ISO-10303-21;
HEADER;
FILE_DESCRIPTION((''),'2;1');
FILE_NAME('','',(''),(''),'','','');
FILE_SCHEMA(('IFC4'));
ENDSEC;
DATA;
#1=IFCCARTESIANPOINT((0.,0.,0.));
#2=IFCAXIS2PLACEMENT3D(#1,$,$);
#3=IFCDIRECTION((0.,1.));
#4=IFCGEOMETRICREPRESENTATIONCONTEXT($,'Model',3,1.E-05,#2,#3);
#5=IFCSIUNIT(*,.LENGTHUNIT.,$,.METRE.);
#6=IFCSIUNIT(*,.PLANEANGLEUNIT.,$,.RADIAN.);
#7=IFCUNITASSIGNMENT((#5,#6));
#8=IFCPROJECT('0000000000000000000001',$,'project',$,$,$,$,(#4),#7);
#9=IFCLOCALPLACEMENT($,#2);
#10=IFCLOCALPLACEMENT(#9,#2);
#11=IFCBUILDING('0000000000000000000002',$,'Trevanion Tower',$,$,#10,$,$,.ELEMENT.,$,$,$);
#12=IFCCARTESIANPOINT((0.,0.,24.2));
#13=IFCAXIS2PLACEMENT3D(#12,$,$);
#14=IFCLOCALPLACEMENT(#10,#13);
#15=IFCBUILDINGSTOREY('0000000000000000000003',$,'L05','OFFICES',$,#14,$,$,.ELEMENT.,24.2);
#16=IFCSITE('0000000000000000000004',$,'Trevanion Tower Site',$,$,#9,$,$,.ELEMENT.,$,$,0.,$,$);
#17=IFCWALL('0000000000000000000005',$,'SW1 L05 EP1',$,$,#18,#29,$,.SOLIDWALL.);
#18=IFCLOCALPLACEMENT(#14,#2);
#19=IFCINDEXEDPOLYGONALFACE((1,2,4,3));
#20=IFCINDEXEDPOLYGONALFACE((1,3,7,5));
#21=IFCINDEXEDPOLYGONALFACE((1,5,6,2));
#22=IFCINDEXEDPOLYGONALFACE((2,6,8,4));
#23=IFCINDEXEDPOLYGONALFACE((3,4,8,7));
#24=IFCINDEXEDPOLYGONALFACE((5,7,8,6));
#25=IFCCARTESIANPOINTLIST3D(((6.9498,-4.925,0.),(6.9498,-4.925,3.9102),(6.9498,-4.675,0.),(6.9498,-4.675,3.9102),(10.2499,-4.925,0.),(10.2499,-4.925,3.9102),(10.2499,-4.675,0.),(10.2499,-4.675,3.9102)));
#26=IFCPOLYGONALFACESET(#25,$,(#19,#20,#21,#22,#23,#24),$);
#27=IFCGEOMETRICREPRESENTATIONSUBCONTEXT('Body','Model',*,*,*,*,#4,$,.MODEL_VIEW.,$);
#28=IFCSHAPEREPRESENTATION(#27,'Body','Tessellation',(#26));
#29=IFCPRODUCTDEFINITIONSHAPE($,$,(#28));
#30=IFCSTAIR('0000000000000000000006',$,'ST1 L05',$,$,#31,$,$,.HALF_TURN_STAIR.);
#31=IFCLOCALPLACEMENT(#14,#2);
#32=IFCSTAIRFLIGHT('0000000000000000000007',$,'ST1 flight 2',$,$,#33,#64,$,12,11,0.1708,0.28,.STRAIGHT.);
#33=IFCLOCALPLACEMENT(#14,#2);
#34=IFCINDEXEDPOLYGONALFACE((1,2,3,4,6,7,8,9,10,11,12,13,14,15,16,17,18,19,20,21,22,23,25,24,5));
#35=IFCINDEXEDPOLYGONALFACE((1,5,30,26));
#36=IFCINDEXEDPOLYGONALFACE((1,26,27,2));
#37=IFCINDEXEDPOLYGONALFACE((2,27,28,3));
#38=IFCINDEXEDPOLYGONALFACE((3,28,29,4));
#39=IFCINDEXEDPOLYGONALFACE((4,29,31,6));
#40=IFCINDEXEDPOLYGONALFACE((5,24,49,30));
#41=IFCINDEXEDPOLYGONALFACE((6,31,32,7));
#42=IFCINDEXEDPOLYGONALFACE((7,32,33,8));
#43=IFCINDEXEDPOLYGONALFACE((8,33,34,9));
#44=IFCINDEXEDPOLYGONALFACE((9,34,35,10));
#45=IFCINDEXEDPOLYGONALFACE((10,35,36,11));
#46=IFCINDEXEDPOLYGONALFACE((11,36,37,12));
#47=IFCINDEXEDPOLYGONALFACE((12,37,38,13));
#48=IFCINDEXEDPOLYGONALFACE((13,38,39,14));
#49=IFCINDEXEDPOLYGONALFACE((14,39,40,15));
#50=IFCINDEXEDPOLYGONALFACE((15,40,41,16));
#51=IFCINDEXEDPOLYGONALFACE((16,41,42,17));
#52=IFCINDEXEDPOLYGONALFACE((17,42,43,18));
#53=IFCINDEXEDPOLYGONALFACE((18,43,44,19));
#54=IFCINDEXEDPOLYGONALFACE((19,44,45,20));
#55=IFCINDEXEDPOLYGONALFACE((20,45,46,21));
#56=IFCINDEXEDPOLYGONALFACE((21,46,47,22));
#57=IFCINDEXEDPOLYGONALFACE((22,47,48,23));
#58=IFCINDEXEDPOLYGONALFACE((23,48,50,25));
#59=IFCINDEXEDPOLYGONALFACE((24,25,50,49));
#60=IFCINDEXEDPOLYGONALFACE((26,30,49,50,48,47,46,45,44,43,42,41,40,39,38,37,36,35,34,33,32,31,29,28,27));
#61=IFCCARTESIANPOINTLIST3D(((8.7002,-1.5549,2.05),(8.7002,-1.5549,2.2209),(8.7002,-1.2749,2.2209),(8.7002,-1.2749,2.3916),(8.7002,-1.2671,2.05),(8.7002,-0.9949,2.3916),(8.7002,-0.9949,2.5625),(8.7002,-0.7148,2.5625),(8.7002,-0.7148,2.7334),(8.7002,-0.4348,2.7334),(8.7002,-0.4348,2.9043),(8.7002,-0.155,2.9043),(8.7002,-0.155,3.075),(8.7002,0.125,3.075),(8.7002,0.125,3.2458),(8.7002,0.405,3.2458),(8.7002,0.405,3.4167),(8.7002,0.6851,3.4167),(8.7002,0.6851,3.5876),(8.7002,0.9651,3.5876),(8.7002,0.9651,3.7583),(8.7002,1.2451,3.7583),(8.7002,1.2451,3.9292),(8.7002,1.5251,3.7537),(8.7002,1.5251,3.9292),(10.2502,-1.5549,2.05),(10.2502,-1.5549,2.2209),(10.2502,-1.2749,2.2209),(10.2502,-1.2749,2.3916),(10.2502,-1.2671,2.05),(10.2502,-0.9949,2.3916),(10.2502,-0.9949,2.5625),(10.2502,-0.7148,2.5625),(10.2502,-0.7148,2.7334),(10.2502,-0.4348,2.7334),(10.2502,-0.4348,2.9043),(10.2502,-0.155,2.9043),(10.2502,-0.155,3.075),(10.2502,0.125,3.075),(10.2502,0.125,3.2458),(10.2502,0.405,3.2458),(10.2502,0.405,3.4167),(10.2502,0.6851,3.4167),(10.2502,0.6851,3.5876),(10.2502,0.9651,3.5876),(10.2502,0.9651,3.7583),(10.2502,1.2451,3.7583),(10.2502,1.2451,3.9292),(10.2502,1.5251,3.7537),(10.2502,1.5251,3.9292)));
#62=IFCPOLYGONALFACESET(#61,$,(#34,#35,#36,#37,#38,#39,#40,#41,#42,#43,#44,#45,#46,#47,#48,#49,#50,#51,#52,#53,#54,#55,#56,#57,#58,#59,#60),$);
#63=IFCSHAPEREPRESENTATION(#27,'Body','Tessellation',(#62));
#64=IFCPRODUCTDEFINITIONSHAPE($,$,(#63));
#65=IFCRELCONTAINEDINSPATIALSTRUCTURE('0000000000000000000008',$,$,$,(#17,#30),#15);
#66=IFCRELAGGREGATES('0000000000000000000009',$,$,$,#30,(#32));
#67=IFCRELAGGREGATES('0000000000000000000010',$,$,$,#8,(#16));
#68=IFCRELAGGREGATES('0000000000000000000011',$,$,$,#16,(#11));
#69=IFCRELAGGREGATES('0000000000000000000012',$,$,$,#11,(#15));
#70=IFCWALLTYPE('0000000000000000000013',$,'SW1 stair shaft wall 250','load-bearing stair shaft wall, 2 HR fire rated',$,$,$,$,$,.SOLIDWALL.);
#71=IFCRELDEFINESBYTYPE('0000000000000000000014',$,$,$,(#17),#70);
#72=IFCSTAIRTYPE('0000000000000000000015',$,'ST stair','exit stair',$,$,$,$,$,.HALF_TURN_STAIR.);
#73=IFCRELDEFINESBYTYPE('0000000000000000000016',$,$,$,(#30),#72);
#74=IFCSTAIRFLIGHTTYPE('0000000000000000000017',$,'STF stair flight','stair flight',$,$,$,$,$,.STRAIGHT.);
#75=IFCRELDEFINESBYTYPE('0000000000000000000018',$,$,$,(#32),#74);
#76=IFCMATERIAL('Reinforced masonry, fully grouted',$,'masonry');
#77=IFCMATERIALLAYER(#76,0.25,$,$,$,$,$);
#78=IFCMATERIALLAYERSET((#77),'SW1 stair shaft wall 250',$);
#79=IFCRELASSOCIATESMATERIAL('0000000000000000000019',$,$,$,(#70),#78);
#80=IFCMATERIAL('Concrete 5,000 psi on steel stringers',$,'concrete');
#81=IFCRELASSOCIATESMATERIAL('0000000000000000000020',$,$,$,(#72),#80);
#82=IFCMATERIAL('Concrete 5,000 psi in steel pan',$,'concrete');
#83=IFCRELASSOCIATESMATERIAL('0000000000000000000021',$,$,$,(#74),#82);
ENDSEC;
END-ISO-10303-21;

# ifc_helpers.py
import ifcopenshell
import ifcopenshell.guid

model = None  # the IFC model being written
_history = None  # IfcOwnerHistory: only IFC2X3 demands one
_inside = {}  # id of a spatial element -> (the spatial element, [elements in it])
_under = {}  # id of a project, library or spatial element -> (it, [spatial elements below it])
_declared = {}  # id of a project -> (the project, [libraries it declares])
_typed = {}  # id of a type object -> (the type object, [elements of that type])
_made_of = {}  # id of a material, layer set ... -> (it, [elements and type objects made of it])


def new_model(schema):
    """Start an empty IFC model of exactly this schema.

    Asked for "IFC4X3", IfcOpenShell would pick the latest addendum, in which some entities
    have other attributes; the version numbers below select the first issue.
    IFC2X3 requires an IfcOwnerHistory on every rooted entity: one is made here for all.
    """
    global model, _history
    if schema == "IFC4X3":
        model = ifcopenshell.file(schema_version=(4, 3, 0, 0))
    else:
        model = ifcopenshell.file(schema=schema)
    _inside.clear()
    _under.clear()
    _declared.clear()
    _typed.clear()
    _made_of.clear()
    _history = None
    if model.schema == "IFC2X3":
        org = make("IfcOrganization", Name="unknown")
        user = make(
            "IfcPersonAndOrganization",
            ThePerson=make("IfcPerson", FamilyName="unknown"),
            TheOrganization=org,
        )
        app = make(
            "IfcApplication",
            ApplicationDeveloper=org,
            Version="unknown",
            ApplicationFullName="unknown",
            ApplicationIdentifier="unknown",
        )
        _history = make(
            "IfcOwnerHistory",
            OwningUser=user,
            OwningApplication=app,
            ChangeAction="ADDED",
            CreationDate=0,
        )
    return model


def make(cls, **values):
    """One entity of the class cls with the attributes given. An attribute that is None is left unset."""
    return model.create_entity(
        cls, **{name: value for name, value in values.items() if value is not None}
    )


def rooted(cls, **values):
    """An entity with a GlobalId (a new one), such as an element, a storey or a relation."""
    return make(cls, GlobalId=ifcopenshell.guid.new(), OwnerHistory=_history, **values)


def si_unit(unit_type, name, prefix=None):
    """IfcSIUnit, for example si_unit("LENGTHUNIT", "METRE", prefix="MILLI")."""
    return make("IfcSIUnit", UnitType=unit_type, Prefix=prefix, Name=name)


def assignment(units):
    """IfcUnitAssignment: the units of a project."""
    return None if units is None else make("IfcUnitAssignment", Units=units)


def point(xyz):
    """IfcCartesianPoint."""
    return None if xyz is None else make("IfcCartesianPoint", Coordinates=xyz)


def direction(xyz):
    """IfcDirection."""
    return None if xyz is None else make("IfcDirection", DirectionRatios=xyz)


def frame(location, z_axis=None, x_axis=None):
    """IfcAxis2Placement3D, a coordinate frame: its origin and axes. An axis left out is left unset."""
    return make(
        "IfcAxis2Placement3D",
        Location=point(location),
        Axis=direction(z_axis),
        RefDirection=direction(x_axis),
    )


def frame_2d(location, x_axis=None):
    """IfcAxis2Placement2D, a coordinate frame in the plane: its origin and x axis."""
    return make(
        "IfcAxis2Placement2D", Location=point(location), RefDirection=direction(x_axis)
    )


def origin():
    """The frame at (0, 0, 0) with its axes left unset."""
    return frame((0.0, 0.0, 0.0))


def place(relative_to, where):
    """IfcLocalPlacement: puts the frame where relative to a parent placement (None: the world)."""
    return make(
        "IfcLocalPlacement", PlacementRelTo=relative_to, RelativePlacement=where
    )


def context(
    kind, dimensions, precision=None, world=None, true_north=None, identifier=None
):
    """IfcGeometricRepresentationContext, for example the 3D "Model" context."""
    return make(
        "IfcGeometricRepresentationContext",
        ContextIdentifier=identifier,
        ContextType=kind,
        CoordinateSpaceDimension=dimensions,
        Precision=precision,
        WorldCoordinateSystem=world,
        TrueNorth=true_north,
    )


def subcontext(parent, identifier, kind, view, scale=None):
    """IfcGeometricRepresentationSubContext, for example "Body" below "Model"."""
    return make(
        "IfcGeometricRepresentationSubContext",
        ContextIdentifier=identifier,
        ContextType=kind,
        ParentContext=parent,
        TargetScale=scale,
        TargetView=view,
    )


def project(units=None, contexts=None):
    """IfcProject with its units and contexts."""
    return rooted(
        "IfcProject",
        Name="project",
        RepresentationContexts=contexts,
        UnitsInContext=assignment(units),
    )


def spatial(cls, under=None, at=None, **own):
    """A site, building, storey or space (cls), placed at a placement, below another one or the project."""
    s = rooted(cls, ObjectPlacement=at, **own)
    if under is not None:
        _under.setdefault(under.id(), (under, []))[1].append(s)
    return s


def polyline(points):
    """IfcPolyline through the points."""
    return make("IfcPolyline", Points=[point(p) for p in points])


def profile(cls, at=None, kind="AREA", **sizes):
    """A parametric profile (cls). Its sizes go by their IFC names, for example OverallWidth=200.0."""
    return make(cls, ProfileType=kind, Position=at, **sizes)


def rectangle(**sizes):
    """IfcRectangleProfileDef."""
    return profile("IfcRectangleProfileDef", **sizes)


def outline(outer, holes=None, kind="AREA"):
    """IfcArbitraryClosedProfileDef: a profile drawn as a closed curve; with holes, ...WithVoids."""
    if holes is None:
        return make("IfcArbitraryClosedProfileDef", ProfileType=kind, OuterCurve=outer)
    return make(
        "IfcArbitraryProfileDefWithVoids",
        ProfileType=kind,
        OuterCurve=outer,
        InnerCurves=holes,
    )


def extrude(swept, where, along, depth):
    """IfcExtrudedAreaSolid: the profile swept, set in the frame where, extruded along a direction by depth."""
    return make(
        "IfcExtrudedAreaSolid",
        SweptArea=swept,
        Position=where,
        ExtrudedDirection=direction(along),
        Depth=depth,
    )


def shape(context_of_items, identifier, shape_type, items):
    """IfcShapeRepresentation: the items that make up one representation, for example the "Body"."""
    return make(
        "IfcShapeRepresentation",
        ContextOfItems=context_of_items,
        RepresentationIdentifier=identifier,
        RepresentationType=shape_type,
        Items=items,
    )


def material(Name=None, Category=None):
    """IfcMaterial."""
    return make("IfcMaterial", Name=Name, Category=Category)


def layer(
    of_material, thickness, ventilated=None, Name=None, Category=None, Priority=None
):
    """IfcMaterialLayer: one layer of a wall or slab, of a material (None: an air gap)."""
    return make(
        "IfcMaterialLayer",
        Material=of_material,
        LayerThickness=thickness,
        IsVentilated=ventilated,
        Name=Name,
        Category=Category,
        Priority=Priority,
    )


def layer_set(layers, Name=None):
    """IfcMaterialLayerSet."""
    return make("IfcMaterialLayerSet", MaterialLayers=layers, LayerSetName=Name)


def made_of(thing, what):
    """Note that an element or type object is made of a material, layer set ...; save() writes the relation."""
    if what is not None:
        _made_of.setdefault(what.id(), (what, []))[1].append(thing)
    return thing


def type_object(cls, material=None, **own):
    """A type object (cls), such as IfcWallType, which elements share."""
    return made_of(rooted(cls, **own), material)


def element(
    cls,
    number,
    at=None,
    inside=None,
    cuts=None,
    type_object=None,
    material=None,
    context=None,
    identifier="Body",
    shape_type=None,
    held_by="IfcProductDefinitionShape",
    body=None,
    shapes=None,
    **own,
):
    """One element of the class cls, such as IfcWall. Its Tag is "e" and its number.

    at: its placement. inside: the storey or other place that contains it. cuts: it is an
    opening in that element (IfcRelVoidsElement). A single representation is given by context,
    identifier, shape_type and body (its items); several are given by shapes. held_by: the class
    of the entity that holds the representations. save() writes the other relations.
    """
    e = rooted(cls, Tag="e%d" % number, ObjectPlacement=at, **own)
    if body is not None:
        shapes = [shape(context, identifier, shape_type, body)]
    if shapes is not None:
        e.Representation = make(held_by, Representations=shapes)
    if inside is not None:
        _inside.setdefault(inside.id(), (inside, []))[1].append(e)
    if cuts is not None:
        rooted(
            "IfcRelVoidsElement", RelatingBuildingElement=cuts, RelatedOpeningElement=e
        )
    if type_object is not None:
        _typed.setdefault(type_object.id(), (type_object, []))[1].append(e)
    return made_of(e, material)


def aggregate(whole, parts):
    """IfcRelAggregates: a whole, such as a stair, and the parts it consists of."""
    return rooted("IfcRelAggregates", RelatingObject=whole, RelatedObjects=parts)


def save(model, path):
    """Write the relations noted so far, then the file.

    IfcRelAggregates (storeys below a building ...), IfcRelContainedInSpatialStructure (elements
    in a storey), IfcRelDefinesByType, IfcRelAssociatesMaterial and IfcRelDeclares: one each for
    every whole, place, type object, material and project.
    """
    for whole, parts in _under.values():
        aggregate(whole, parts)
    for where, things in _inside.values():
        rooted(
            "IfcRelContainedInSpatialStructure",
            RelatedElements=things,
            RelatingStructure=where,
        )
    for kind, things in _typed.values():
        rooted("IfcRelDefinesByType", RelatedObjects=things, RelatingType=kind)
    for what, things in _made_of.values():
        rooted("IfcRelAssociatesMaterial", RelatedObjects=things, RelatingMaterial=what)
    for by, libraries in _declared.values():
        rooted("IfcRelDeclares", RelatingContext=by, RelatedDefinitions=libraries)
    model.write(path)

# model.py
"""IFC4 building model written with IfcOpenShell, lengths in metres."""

from ifc_helpers import new_model, si_unit, direction, frame, frame_2d, origin, place, context, subcontext, project, spatial, polyline, rectangle, outline, extrude, material, layer, layer_set, type_object, element, aggregate, save


model = new_model("IFC4")

# Units and contexts
model_context = context("Model", 3, precision=1e-05, world=origin(), true_north=direction((0.0, 1.0)))
body_context = subcontext(model_context, "Body", "Model", "MODEL_VIEW")
ifc_project = project(units=[si_unit("LENGTHUNIT", "METRE"), si_unit("PLANEANGLEUNIT", "RADIAN")], contexts=[model_context])

# Site, building, storey
site_placement = place(None, origin())
site = spatial("IfcSite", under=ifc_project, at=site_placement, Name="Trevanion Tower Site", CompositionType="ELEMENT", RefElevation=0.0)
building_placement = place(site_placement, origin())
building = spatial("IfcBuilding", under=site, at=building_placement, Name="Trevanion Tower", CompositionType="ELEMENT")
storey_placement = place(building_placement, frame((0.0, 0.0, 24.2)))
storey = spatial("IfcBuildingStorey", under=building, at=storey_placement, Name="L05", Description="OFFICES", CompositionType="ELEMENT", Elevation=24.2)

# Wall
ifc_material_1 = material(Name="Reinforced masonry, fully grouted", Category="masonry")
ifc_layer_1 = layer(ifc_material_1, 0.25)
ifc_layer_set_1 = layer_set([ifc_layer_1], Name="SW1 stair shaft wall 250")
wall_type_1 = type_object("IfcWallType", Name="SW1 stair shaft wall 250", Description="load-bearing stair shaft wall, 2 HR fire rated", PredefinedType="SOLIDWALL", material=ifc_layer_set_1)
wall_1_placement = place(storey_placement, frame((6.95, -4.8, 0.0), z_axis=(0.0, 0.0, 1.0), x_axis=(1.0, 0.0, 0.0)))
element("IfcWall", 1, at=wall_1_placement, inside=storey, type_object=wall_type_1, Name="SW1 L05 EP1", PredefinedType="SOLIDWALL", context=body_context, shape_type="SweptSolid", body=[
    extrude(rectangle(XDim=3.3, YDim=0.25, at=frame_2d((1.6499, 0.0))), origin(), (0.0, 0.0, 1.0), 3.9102),
])

# Stair, stair flight
ifc_material_2 = material(Name="Concrete 5,000 psi on steel stringers", Category="concrete")
stair_type = type_object("IfcStairType", Name="ST stair", Description="exit stair", PredefinedType="HALF_TURN_STAIR", material=ifc_material_2)
stair_placement = place(storey_placement, origin())
stair = element("IfcStair", 2, at=stair_placement, inside=storey, type_object=stair_type, Name="ST1 L05", PredefinedType="HALF_TURN_STAIR")
ifc_material_3 = material(Name="Concrete 5,000 psi in steel pan", Category="concrete")
stair_flight_type = type_object("IfcStairFlightType", Name="STF stair flight", Description="stair flight", PredefinedType="STRAIGHT", material=ifc_material_3)
stair_flight_placement = place(storey_placement, frame((9.4751, -1.5549, 2.05), z_axis=(0.0, 0.0, 1.0), x_axis=(0.0, 1.0, 0.0)))
stair_flight = element("IfcStairFlight", 3, at=stair_flight_placement, type_object=stair_flight_type, Name="ST1 flight 2", NumberOfRisers=12, NumberOfTreads=11, PredefinedType="STRAIGHT", RiserHeight=0.1708, TreadLength=0.28, context=body_context, shape_type="SweptSolid", body=[
    extrude(outline(polyline([(0.0, 0.0), (0.0, 0.1709), (0.28, 0.1709), (0.28, 0.3416), (0.5601, 0.3416), (0.5601, 0.5125), (0.8401, 0.5125), (0.8401, 0.6833), (1.1201, 0.6833), (1.1201, 0.8542), (1.3999, 0.8542), (1.3999, 1.0249), (1.6799, 1.0249), (1.6799, 1.1958), (1.96, 1.1958), (1.96, 1.3667), (2.24, 1.3667), (2.24, 1.5376), (2.52, 1.5376), (2.52, 1.7083), (2.8, 1.7083), (2.8, 1.8792), (3.0801, 1.8792), (3.0801, 2.05), (3.0801, 1.7036), (0.2878, 0.0), (0.0, 0.0)])), frame((0.0, 0.7749, 0.0), z_axis=(0.0, -1.0, 0.0), x_axis=(1.0, 0.0, 0.0)), (0.0, 0.0, 1.0), 1.55),
])
aggregate(stair, [stair_flight])

save(model, "model.ifc")
